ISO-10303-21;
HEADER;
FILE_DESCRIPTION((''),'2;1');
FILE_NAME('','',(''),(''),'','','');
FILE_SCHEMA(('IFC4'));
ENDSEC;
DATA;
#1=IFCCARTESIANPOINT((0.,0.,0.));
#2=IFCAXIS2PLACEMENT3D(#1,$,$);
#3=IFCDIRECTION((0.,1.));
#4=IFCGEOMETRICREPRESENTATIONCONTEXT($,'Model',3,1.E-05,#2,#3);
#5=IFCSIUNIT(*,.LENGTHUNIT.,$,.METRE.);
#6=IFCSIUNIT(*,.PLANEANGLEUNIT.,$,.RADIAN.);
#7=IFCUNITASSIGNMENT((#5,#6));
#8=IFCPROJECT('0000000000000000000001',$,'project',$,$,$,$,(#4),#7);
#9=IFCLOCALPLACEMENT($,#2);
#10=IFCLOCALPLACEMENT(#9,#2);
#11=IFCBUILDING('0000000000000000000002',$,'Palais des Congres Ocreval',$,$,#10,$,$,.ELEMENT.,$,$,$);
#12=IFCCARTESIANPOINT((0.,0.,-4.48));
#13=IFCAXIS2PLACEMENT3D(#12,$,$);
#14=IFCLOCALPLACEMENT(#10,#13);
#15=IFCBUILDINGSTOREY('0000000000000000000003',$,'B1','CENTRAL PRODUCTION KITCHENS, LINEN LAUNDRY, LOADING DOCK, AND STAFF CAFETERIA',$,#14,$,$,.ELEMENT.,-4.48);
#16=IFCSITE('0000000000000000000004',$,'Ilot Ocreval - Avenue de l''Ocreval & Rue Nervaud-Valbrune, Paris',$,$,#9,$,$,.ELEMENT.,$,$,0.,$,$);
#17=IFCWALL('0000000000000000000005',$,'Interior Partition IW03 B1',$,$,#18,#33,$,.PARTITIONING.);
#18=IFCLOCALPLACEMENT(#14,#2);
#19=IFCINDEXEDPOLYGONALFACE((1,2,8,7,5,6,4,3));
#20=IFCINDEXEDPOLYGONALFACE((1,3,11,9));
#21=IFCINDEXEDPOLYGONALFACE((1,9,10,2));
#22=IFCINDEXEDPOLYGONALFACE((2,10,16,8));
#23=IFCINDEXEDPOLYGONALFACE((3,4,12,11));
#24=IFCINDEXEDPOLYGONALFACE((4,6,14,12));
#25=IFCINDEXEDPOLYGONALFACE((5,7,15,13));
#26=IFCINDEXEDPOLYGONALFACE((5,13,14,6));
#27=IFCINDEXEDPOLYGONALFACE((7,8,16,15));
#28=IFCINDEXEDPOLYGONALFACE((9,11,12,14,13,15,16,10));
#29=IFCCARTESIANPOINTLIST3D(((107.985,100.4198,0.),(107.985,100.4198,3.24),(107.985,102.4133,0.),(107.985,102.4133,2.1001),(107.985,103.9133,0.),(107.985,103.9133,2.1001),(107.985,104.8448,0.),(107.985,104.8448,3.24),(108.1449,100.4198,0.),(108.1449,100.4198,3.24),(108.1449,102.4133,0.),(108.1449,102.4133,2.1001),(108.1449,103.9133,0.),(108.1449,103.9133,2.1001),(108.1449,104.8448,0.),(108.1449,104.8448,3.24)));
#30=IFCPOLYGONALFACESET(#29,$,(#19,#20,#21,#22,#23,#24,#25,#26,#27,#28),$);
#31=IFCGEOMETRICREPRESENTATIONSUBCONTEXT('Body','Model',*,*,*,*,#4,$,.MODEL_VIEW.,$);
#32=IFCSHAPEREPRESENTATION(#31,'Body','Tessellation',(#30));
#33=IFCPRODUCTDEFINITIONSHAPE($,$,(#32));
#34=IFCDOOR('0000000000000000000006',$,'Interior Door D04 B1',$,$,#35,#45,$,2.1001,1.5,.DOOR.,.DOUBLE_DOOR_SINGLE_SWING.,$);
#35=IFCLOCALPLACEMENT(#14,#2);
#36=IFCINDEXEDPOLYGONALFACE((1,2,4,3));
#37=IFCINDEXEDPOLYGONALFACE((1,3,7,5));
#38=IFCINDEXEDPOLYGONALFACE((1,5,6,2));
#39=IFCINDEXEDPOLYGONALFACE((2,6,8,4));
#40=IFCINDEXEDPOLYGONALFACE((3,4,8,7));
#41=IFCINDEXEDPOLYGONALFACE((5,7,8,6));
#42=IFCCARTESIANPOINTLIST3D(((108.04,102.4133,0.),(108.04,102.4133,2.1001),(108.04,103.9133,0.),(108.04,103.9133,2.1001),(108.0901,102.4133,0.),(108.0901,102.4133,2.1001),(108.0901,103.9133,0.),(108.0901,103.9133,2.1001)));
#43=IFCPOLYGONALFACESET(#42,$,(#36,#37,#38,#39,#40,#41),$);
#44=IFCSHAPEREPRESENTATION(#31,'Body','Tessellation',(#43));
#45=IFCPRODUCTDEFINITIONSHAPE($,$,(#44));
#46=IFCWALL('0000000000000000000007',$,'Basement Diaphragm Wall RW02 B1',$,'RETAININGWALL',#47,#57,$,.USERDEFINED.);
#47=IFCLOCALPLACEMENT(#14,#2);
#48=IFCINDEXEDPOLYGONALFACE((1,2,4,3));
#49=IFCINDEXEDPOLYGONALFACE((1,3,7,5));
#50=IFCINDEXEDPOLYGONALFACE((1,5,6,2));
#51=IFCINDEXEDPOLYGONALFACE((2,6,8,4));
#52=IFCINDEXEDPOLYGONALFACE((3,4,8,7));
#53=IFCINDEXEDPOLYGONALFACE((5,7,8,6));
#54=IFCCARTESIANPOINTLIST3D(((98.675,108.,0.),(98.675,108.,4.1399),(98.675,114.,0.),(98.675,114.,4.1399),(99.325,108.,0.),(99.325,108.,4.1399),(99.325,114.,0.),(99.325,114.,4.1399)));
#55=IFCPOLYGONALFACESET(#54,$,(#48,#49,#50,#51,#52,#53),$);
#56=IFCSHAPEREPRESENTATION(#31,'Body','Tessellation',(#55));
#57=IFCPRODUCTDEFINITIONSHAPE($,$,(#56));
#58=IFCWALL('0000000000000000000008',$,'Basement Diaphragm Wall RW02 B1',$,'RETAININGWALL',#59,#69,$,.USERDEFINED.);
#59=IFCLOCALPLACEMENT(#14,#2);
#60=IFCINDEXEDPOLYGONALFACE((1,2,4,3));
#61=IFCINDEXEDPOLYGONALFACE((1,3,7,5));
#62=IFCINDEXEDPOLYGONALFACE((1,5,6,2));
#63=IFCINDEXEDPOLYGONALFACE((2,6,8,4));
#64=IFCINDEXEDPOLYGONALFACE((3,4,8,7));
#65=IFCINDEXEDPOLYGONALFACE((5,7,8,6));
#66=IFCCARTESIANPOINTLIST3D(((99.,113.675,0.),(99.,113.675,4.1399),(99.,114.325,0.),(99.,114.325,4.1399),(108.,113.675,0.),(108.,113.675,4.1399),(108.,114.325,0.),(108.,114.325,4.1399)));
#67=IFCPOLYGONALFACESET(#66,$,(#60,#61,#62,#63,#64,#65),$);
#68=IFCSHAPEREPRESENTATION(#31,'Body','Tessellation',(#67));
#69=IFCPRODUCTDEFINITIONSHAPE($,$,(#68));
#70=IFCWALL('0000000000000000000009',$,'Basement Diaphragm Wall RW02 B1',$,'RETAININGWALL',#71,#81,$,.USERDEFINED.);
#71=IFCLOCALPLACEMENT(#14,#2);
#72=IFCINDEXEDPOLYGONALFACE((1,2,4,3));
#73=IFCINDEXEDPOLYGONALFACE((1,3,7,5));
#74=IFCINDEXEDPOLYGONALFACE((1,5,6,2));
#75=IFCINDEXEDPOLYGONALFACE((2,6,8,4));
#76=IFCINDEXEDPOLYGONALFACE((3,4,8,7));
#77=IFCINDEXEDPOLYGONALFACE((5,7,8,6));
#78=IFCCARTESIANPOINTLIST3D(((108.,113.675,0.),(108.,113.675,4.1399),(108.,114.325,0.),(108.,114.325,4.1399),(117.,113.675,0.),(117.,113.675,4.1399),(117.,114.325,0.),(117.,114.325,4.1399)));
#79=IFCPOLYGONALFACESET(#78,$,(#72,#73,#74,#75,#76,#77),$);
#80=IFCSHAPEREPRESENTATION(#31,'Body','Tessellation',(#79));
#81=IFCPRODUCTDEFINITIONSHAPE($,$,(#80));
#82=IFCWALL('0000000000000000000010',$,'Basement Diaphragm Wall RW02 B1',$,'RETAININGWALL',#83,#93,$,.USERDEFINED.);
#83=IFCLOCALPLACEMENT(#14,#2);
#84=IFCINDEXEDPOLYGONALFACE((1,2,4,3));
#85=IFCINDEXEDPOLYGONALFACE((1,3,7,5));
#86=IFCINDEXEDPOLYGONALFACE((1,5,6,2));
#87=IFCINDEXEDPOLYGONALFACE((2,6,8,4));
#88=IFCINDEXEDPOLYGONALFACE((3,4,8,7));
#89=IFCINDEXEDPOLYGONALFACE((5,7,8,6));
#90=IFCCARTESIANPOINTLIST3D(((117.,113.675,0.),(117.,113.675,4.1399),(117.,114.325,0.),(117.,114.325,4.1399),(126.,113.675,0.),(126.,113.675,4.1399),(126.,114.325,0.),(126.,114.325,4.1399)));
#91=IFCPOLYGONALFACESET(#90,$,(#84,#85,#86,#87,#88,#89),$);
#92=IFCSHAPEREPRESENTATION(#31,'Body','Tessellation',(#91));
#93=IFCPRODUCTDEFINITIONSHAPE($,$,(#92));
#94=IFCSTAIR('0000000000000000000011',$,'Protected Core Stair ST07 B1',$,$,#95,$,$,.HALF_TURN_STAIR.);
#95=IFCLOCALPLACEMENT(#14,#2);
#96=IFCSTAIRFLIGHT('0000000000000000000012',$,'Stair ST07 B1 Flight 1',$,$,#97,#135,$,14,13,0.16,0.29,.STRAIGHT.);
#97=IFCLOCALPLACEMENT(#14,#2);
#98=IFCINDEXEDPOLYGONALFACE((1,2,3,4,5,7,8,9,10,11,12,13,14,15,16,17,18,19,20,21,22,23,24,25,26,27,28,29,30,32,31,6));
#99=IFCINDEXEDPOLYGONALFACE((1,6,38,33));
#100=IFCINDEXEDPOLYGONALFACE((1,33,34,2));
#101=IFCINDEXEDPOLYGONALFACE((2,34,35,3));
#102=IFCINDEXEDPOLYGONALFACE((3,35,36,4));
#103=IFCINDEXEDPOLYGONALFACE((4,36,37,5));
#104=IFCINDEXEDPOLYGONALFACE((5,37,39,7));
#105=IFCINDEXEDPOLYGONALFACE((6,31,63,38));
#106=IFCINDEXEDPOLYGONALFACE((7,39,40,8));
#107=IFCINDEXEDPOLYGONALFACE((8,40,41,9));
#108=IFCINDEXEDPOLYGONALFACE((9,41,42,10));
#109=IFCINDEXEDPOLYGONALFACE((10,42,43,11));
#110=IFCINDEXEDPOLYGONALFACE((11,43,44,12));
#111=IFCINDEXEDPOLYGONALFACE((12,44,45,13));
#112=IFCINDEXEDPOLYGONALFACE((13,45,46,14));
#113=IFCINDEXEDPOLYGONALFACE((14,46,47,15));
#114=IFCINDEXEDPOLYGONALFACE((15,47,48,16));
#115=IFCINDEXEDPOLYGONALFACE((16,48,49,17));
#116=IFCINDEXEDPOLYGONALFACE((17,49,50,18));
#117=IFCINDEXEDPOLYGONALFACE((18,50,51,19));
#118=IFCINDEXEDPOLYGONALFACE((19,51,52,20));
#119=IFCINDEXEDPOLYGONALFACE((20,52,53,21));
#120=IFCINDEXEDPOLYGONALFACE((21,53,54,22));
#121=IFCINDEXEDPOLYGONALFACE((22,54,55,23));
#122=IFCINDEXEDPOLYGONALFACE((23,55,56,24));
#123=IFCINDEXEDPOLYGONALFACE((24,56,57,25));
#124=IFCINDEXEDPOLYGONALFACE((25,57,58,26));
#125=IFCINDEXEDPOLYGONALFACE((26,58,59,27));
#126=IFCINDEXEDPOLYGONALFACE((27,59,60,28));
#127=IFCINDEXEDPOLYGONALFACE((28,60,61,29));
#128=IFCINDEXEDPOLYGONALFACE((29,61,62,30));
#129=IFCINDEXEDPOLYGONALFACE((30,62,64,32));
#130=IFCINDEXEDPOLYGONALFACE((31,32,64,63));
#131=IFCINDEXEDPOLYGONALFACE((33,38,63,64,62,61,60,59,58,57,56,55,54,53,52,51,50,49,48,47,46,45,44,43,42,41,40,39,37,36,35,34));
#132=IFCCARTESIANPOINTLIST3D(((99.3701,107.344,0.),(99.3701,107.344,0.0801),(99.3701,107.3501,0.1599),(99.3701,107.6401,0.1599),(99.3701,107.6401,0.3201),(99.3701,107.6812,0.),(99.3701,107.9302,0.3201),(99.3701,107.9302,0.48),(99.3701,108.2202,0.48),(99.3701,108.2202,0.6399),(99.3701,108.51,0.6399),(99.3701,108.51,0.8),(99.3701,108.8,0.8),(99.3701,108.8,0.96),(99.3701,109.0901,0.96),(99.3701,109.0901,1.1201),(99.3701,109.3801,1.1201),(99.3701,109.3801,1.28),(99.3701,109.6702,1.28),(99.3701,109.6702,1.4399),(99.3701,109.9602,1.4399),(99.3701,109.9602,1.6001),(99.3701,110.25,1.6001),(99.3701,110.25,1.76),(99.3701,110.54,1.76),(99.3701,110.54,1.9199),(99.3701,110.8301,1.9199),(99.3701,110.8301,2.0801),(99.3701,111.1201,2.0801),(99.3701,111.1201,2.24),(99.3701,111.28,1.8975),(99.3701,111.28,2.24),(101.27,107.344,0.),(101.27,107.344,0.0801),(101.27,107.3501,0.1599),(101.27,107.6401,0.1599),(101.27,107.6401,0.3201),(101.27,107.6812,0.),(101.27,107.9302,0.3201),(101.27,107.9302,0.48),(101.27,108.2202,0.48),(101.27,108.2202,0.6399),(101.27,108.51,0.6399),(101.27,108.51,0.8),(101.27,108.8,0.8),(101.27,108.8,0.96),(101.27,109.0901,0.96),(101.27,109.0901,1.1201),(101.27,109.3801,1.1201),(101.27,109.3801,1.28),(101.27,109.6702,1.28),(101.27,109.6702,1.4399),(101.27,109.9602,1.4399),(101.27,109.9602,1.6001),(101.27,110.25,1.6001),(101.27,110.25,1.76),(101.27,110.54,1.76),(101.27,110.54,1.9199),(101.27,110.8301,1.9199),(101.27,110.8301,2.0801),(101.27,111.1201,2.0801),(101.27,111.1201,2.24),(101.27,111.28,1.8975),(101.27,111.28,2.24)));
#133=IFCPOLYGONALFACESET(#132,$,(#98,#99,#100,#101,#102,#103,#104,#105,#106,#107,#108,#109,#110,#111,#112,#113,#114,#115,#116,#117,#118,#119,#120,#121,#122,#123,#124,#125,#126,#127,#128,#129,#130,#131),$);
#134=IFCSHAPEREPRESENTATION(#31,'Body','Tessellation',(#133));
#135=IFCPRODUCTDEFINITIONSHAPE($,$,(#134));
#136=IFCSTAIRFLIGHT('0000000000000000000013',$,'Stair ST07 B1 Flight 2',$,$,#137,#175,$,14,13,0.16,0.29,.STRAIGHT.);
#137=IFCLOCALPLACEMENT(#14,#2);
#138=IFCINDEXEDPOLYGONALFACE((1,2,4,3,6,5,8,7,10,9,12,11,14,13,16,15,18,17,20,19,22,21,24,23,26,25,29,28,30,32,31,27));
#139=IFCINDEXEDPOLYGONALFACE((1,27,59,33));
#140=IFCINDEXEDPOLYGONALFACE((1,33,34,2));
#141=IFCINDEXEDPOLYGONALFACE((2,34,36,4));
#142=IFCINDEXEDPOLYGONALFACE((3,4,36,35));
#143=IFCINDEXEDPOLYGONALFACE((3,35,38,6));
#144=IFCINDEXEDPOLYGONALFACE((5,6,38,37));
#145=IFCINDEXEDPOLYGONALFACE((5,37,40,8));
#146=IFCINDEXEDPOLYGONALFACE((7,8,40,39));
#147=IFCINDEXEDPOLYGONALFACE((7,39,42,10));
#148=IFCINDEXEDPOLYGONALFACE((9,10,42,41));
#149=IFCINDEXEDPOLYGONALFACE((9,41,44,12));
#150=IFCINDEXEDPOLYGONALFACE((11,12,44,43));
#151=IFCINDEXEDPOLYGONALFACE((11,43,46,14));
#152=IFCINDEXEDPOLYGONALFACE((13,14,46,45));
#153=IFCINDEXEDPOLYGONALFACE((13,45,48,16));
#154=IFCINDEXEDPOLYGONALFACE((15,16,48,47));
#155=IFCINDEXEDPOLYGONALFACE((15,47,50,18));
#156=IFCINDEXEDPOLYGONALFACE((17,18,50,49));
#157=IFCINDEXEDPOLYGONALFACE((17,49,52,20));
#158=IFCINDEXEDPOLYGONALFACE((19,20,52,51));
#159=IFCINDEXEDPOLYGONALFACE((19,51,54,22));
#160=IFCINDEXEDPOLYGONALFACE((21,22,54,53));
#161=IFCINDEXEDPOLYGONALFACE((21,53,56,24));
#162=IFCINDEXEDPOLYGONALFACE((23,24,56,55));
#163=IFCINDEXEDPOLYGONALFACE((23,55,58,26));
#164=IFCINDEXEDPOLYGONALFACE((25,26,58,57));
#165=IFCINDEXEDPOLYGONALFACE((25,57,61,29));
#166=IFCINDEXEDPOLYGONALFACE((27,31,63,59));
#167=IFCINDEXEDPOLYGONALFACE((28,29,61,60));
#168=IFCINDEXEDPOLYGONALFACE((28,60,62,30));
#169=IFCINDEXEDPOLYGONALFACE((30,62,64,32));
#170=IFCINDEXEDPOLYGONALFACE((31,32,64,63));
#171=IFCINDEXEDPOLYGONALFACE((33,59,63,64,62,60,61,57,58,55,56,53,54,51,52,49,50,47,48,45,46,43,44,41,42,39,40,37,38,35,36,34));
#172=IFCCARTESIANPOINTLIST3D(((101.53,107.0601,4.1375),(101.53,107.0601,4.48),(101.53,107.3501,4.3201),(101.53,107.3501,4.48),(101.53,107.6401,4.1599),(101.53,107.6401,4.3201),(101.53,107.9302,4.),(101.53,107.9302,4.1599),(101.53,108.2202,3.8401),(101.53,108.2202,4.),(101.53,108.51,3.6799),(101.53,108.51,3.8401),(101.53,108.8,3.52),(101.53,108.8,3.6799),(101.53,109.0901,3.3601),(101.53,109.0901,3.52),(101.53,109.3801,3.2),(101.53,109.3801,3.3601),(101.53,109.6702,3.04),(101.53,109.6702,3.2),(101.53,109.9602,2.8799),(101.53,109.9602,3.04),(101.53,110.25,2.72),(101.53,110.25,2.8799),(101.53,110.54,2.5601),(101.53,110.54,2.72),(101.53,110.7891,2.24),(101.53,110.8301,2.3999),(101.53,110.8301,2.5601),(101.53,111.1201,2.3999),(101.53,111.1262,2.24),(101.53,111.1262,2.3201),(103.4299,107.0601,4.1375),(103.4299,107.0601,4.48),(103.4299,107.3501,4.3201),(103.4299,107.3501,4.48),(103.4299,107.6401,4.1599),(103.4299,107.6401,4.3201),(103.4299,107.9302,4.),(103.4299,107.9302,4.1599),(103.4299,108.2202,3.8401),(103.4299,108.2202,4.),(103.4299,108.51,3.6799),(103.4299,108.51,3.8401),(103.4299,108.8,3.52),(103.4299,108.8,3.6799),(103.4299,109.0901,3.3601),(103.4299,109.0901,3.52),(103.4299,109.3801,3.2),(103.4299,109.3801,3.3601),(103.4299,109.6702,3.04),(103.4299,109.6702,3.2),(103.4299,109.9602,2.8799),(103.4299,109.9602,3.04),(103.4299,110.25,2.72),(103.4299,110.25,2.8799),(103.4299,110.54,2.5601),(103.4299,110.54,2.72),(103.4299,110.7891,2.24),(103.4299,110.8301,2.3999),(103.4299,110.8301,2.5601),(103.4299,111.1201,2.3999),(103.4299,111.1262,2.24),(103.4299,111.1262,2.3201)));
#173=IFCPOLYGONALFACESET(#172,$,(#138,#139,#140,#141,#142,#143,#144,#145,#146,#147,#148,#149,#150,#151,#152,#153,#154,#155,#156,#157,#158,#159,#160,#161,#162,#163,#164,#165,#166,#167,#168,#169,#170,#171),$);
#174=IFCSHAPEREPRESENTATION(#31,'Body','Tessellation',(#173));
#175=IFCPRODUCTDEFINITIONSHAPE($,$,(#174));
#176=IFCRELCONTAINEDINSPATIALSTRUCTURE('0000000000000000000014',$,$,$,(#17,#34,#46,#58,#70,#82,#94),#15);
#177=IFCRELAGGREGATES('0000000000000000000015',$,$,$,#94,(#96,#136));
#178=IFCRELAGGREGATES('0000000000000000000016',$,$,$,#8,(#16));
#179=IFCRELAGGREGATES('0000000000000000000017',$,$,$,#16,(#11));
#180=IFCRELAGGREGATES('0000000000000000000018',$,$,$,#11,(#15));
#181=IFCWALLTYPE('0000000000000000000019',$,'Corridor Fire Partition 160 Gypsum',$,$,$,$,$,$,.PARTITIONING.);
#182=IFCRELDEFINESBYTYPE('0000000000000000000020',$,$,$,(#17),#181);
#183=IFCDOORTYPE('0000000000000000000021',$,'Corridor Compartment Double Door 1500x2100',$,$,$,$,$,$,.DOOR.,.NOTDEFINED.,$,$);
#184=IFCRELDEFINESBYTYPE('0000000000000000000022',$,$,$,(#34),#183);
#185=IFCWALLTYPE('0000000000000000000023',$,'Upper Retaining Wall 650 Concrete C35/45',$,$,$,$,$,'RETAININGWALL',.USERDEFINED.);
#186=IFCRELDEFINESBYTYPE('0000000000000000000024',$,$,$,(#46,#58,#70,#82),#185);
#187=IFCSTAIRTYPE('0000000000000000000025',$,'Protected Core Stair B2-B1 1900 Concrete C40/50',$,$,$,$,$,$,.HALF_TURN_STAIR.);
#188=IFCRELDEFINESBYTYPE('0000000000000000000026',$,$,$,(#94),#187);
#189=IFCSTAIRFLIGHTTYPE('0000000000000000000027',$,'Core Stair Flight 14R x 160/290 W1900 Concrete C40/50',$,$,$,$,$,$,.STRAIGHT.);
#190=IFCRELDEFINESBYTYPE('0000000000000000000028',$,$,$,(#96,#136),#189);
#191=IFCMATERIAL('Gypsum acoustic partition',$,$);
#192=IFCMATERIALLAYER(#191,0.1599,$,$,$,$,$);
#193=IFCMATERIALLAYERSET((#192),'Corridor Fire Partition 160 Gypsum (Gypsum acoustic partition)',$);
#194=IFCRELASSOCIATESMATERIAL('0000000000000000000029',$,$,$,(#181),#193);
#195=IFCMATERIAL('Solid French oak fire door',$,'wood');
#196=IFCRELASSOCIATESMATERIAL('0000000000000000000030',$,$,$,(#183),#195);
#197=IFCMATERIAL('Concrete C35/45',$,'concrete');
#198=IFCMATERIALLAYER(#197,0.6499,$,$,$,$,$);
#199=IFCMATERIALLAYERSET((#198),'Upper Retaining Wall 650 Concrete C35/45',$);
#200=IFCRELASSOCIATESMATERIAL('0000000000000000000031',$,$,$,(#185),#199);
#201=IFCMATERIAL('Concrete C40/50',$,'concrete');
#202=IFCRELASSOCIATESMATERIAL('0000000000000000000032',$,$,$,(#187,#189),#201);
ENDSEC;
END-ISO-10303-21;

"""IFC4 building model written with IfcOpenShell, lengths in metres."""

from ifc_helpers import new_model, si_unit, direction, frame, frame_2d, origin, place, context, subcontext, project, spatial, polyline, rectangle, outline, extrude, material, layer, layer_set, type_object, element, fill, aggregate, save


model = new_model("IFC4")

# Units and contexts
model_context = context("Model", 3, precision=1e-05, world=origin(), true_north=direction((0.0, 1.0)))
body_context = subcontext(model_context, "Body", "Model", "MODEL_VIEW")
ifc_project = project(units=[si_unit("LENGTHUNIT", "METRE"), si_unit("PLANEANGLEUNIT", "RADIAN")], contexts=[model_context])

# Site, building, storey
site_placement = place(None, origin())
site = spatial("IfcSite", under=ifc_project, at=site_placement, Name="Ilot Ocreval - Avenue de l'Ocreval & Rue Nervaud-Valbrune, Paris", CompositionType="ELEMENT", RefElevation=0.0)
building_placement = place(site_placement, origin())
building = spatial("IfcBuilding", under=site, at=building_placement, Name="Palais des Congres Ocreval", CompositionType="ELEMENT")
storey_placement = place(building_placement, frame((0.0, 0.0, -4.48)))
storey = spatial("IfcBuildingStorey", under=building, at=storey_placement, Name="B1", Description="CENTRAL PRODUCTION KITCHENS, LINEN LAUNDRY, LOADING DOCK, AND STAFF CAFETERIA", CompositionType="ELEMENT", Elevation=-4.48)

# Shared definitions
ifc_material_1 = material(Name="Concrete C35/45", Category="concrete")

# Shared definitions
ifc_material_2 = material(Name="Concrete C40/50", Category="concrete")

# Wall, opening, door
ifc_material_3 = material(Name="Gypsum acoustic partition")
ifc_layer_1 = layer(ifc_material_3, 0.1599)
ifc_layer_set_1 = layer_set([ifc_layer_1], Name="Corridor Fire Partition 160 Gypsum (Gypsum acoustic partition)")
wall_type_1 = type_object("IfcWallType", Name="Corridor Fire Partition 160 Gypsum", PredefinedType="PARTITIONING", material=ifc_layer_set_1)
wall_1_placement = place(storey_placement, frame((108.0649, 100.4199, 0.0), z_axis=(0.0, 0.0, 1.0), x_axis=(0.0, 1.0, 0.0)))
wall_1 = element("IfcWall", 1, at=wall_1_placement, inside=storey, type_object=wall_type_1, Name="Interior Partition IW03 B1", PredefinedType="PARTITIONING", context=body_context, shape_type="SweptSolid", body=[
    extrude(rectangle(XDim=4.425, YDim=0.1599, at=frame_2d((2.2124, 0.0))), origin(), (0.0, 0.0, 1.0), 3.24),
])
opening_1_placement = place(wall_1_placement, frame((1.9934, 0.0, 0.0)))
opening_1 = element("IfcOpeningElement", 2, at=opening_1_placement, cuts=wall_1, PredefinedType="OPENING", context=body_context, shape_type="SweptSolid", body=[
    extrude(rectangle(XDim=1.5, YDim=2.1001, at=frame_2d((0.75, 1.05))), frame((0.0, 0.0898, 0.0), z_axis=(0.0, -1.0, 0.0), x_axis=(1.0, 0.0, 0.0)), (0.0, 0.0, 1.0), 0.1799),
])
ifc_material_4 = material(Name="Solid French oak fire door", Category="wood")
door_type_1 = type_object("IfcDoorType", Name="Corridor Compartment Double Door 1500x2100", OperationType="NOTDEFINED", PredefinedType="DOOR", material=ifc_material_4)
door_1_placement = place(opening_1_placement, origin())
door_1 = element("IfcDoor", 3, at=door_1_placement, inside=storey, type_object=door_type_1, Name="Interior Door D04 B1", OperationType="DOUBLE_DOOR_SINGLE_SWING", OverallHeight=2.1001, OverallWidth=1.5, PredefinedType="DOOR", context=body_context, shape_type="SweptSolid", body=[
    extrude(rectangle(XDim=1.5, YDim=2.1001, at=frame_2d((0.75, 1.05))), frame((0.0, 0.0249, 0.0), z_axis=(0.0, -1.0, 0.0), x_axis=(1.0, 0.0, 0.0)), (0.0, 0.0, 1.0), 0.05),
])
fill(opening_1, door_1)

# Walls
ifc_layer_2 = layer(ifc_material_1, 0.6499)
ifc_layer_set_2 = layer_set([ifc_layer_2], Name="Upper Retaining Wall 650 Concrete C35/45")
wall_type_2 = type_object("IfcWallType", Name="Upper Retaining Wall 650 Concrete C35/45", ElementType="RETAININGWALL", PredefinedType="USERDEFINED", material=ifc_layer_set_2)
wall_2_placement = place(storey_placement, frame((99.0, 108.0, 0.0), z_axis=(0.0, 0.0, 1.0), x_axis=(0.0, 1.0, 0.0)))
element("IfcWall", 4, at=wall_2_placement, inside=storey, type_object=wall_type_2, Name="Basement Diaphragm Wall RW02 B1", ObjectType="RETAININGWALL", PredefinedType="USERDEFINED", context=body_context, shape_type="SweptSolid", body=[
    extrude(rectangle(XDim=6.0, YDim=0.6499, at=frame_2d((3.0, 0.0))), origin(), (0.0, 0.0, 1.0), 4.1399),
])
for number, where, z_axis, x_axis, name in (
    (5, (99.0, 114.0, 0.0), (0.0, 0.0, 1.0), (1.0, 0.0, 0.0), "Basement Diaphragm Wall RW02 B1"),
    (6, (108.0, 114.0, 0.0), (0.0, 0.0, 1.0), (1.0, 0.0, 0.0), "Basement Diaphragm Wall RW02 B1"),
    (7, (117.0, 114.0, 0.0), (0.0, 0.0, 1.0), (1.0, 0.0, 0.0), "Basement Diaphragm Wall RW02 B1"),
):
    element("IfcWall", number, at=place(storey_placement, frame(where, z_axis=z_axis, x_axis=x_axis)), inside=storey, type_object=wall_type_2, Name=name, ObjectType="RETAININGWALL", PredefinedType="USERDEFINED", context=body_context, shape_type="SweptSolid", body=[
        extrude(rectangle(XDim=9.0, YDim=0.6499, at=frame_2d((4.5, 0.0))), origin(), (0.0, 0.0, 1.0), 4.1399),
    ])

# Stair, stair flights
stair_type = type_object("IfcStairType", Name="Protected Core Stair B2-B1 1900 Concrete C40/50", PredefinedType="HALF_TURN_STAIR", material=ifc_material_2)
stair_placement = place(storey_placement, origin())
stair = element("IfcStair", 8, at=stair_placement, inside=storey, type_object=stair_type, Name="Protected Core Stair ST07 B1", PredefinedType="HALF_TURN_STAIR")
stair_flight_type = type_object("IfcStairFlightType", Name="Core Stair Flight 14R x 160/290 W1900 Concrete C40/50", PredefinedType="STRAIGHT", material=ifc_material_2)
stair_flight_1_placement = place(storey_placement, frame((100.3201, 107.3501, 0.0), z_axis=(0.0, 0.0, 1.0), x_axis=(0.0, 1.0, 0.0)))
stair_flight_1 = element("IfcStairFlight", 9, at=stair_flight_1_placement, type_object=stair_flight_type, Name="Stair ST07 B1 Flight 1", NumberOfRisers=14, NumberOfTreads=13, PredefinedType="STRAIGHT", RiserHeight=0.16, TreadLength=0.29, context=body_context, shape_type="SweptSolid", body=[
    extrude(outline(polyline([(-0.0061, 0.0), (-0.0061, 0.0801), (0.0, 0.1599), (0.29, 0.1599), (0.29, 0.3201), (0.5801, 0.3201), (0.5801, 0.48), (0.8701, 0.48), (0.8701, 0.6399), (1.1599, 0.6399), (1.1599, 0.8), (1.45, 0.8), (1.45, 0.96), (1.74, 0.96), (1.74, 1.1201), (2.03, 1.1201), (2.03, 1.28), (2.3201, 1.28), (2.3201, 1.4399), (2.6101, 1.4399), (2.6101, 1.6001), (2.8999, 1.6001), (2.8999, 1.76), (3.1899, 1.76), (3.1899, 1.9199), (3.48, 1.9199), (3.48, 2.0801), (3.77, 2.0801), (3.77, 2.24), (3.9299, 2.24), (3.9299, 1.8975), (0.3311, 0.0), (-0.0061, 0.0)])), frame((0.0, 0.95, 0.0), z_axis=(0.0, -1.0, 0.0), x_axis=(1.0, 0.0, 0.0)), (0.0, 0.0, 1.0), 1.8999),
])
stair_flight_2_placement = place(storey_placement, frame((102.48, 111.1201, 2.24), z_axis=(0.0, 0.0, 1.0), x_axis=(0.0, -1.0, 0.0)))
stair_flight_2 = element("IfcStairFlight", 10, at=stair_flight_2_placement, type_object=stair_flight_type, Name="Stair ST07 B1 Flight 2", NumberOfRisers=14, NumberOfTreads=13, PredefinedType="STRAIGHT", RiserHeight=0.16, TreadLength=0.29, context=body_context, shape_type="SweptSolid", body=[
    extrude(outline(polyline([(-0.0061, 0.0), (-0.0061, 0.0801), (0.0, 0.1599), (0.29, 0.1599), (0.29, 0.3201), (0.5801, 0.3201), (0.5801, 0.48), (0.8701, 0.48), (0.8701, 0.6399), (1.1599, 0.6399), (1.1599, 0.8), (1.45, 0.8), (1.45, 0.96), (1.74, 0.96), (1.74, 1.1201), (2.03, 1.1201), (2.03, 1.28), (2.3201, 1.28), (2.3201, 1.4399), (2.6101, 1.4399), (2.6101, 1.6001), (2.8999, 1.6001), (2.8999, 1.76), (3.1899, 1.76), (3.1899, 1.9199), (3.48, 1.9199), (3.48, 2.0801), (3.77, 2.0801), (3.77, 2.24), (4.0601, 2.24), (4.0601, 1.8975), (0.3311, 0.0), (-0.0061, 0.0)])), frame((0.0, 0.95, 0.0), z_axis=(0.0, -1.0, 0.0), x_axis=(1.0, 0.0, 0.0)), (0.0, 0.0, 1.0), 1.8999),
])
aggregate(stair, [stair_flight_1, stair_flight_2])

save(model, "model.ifc")
